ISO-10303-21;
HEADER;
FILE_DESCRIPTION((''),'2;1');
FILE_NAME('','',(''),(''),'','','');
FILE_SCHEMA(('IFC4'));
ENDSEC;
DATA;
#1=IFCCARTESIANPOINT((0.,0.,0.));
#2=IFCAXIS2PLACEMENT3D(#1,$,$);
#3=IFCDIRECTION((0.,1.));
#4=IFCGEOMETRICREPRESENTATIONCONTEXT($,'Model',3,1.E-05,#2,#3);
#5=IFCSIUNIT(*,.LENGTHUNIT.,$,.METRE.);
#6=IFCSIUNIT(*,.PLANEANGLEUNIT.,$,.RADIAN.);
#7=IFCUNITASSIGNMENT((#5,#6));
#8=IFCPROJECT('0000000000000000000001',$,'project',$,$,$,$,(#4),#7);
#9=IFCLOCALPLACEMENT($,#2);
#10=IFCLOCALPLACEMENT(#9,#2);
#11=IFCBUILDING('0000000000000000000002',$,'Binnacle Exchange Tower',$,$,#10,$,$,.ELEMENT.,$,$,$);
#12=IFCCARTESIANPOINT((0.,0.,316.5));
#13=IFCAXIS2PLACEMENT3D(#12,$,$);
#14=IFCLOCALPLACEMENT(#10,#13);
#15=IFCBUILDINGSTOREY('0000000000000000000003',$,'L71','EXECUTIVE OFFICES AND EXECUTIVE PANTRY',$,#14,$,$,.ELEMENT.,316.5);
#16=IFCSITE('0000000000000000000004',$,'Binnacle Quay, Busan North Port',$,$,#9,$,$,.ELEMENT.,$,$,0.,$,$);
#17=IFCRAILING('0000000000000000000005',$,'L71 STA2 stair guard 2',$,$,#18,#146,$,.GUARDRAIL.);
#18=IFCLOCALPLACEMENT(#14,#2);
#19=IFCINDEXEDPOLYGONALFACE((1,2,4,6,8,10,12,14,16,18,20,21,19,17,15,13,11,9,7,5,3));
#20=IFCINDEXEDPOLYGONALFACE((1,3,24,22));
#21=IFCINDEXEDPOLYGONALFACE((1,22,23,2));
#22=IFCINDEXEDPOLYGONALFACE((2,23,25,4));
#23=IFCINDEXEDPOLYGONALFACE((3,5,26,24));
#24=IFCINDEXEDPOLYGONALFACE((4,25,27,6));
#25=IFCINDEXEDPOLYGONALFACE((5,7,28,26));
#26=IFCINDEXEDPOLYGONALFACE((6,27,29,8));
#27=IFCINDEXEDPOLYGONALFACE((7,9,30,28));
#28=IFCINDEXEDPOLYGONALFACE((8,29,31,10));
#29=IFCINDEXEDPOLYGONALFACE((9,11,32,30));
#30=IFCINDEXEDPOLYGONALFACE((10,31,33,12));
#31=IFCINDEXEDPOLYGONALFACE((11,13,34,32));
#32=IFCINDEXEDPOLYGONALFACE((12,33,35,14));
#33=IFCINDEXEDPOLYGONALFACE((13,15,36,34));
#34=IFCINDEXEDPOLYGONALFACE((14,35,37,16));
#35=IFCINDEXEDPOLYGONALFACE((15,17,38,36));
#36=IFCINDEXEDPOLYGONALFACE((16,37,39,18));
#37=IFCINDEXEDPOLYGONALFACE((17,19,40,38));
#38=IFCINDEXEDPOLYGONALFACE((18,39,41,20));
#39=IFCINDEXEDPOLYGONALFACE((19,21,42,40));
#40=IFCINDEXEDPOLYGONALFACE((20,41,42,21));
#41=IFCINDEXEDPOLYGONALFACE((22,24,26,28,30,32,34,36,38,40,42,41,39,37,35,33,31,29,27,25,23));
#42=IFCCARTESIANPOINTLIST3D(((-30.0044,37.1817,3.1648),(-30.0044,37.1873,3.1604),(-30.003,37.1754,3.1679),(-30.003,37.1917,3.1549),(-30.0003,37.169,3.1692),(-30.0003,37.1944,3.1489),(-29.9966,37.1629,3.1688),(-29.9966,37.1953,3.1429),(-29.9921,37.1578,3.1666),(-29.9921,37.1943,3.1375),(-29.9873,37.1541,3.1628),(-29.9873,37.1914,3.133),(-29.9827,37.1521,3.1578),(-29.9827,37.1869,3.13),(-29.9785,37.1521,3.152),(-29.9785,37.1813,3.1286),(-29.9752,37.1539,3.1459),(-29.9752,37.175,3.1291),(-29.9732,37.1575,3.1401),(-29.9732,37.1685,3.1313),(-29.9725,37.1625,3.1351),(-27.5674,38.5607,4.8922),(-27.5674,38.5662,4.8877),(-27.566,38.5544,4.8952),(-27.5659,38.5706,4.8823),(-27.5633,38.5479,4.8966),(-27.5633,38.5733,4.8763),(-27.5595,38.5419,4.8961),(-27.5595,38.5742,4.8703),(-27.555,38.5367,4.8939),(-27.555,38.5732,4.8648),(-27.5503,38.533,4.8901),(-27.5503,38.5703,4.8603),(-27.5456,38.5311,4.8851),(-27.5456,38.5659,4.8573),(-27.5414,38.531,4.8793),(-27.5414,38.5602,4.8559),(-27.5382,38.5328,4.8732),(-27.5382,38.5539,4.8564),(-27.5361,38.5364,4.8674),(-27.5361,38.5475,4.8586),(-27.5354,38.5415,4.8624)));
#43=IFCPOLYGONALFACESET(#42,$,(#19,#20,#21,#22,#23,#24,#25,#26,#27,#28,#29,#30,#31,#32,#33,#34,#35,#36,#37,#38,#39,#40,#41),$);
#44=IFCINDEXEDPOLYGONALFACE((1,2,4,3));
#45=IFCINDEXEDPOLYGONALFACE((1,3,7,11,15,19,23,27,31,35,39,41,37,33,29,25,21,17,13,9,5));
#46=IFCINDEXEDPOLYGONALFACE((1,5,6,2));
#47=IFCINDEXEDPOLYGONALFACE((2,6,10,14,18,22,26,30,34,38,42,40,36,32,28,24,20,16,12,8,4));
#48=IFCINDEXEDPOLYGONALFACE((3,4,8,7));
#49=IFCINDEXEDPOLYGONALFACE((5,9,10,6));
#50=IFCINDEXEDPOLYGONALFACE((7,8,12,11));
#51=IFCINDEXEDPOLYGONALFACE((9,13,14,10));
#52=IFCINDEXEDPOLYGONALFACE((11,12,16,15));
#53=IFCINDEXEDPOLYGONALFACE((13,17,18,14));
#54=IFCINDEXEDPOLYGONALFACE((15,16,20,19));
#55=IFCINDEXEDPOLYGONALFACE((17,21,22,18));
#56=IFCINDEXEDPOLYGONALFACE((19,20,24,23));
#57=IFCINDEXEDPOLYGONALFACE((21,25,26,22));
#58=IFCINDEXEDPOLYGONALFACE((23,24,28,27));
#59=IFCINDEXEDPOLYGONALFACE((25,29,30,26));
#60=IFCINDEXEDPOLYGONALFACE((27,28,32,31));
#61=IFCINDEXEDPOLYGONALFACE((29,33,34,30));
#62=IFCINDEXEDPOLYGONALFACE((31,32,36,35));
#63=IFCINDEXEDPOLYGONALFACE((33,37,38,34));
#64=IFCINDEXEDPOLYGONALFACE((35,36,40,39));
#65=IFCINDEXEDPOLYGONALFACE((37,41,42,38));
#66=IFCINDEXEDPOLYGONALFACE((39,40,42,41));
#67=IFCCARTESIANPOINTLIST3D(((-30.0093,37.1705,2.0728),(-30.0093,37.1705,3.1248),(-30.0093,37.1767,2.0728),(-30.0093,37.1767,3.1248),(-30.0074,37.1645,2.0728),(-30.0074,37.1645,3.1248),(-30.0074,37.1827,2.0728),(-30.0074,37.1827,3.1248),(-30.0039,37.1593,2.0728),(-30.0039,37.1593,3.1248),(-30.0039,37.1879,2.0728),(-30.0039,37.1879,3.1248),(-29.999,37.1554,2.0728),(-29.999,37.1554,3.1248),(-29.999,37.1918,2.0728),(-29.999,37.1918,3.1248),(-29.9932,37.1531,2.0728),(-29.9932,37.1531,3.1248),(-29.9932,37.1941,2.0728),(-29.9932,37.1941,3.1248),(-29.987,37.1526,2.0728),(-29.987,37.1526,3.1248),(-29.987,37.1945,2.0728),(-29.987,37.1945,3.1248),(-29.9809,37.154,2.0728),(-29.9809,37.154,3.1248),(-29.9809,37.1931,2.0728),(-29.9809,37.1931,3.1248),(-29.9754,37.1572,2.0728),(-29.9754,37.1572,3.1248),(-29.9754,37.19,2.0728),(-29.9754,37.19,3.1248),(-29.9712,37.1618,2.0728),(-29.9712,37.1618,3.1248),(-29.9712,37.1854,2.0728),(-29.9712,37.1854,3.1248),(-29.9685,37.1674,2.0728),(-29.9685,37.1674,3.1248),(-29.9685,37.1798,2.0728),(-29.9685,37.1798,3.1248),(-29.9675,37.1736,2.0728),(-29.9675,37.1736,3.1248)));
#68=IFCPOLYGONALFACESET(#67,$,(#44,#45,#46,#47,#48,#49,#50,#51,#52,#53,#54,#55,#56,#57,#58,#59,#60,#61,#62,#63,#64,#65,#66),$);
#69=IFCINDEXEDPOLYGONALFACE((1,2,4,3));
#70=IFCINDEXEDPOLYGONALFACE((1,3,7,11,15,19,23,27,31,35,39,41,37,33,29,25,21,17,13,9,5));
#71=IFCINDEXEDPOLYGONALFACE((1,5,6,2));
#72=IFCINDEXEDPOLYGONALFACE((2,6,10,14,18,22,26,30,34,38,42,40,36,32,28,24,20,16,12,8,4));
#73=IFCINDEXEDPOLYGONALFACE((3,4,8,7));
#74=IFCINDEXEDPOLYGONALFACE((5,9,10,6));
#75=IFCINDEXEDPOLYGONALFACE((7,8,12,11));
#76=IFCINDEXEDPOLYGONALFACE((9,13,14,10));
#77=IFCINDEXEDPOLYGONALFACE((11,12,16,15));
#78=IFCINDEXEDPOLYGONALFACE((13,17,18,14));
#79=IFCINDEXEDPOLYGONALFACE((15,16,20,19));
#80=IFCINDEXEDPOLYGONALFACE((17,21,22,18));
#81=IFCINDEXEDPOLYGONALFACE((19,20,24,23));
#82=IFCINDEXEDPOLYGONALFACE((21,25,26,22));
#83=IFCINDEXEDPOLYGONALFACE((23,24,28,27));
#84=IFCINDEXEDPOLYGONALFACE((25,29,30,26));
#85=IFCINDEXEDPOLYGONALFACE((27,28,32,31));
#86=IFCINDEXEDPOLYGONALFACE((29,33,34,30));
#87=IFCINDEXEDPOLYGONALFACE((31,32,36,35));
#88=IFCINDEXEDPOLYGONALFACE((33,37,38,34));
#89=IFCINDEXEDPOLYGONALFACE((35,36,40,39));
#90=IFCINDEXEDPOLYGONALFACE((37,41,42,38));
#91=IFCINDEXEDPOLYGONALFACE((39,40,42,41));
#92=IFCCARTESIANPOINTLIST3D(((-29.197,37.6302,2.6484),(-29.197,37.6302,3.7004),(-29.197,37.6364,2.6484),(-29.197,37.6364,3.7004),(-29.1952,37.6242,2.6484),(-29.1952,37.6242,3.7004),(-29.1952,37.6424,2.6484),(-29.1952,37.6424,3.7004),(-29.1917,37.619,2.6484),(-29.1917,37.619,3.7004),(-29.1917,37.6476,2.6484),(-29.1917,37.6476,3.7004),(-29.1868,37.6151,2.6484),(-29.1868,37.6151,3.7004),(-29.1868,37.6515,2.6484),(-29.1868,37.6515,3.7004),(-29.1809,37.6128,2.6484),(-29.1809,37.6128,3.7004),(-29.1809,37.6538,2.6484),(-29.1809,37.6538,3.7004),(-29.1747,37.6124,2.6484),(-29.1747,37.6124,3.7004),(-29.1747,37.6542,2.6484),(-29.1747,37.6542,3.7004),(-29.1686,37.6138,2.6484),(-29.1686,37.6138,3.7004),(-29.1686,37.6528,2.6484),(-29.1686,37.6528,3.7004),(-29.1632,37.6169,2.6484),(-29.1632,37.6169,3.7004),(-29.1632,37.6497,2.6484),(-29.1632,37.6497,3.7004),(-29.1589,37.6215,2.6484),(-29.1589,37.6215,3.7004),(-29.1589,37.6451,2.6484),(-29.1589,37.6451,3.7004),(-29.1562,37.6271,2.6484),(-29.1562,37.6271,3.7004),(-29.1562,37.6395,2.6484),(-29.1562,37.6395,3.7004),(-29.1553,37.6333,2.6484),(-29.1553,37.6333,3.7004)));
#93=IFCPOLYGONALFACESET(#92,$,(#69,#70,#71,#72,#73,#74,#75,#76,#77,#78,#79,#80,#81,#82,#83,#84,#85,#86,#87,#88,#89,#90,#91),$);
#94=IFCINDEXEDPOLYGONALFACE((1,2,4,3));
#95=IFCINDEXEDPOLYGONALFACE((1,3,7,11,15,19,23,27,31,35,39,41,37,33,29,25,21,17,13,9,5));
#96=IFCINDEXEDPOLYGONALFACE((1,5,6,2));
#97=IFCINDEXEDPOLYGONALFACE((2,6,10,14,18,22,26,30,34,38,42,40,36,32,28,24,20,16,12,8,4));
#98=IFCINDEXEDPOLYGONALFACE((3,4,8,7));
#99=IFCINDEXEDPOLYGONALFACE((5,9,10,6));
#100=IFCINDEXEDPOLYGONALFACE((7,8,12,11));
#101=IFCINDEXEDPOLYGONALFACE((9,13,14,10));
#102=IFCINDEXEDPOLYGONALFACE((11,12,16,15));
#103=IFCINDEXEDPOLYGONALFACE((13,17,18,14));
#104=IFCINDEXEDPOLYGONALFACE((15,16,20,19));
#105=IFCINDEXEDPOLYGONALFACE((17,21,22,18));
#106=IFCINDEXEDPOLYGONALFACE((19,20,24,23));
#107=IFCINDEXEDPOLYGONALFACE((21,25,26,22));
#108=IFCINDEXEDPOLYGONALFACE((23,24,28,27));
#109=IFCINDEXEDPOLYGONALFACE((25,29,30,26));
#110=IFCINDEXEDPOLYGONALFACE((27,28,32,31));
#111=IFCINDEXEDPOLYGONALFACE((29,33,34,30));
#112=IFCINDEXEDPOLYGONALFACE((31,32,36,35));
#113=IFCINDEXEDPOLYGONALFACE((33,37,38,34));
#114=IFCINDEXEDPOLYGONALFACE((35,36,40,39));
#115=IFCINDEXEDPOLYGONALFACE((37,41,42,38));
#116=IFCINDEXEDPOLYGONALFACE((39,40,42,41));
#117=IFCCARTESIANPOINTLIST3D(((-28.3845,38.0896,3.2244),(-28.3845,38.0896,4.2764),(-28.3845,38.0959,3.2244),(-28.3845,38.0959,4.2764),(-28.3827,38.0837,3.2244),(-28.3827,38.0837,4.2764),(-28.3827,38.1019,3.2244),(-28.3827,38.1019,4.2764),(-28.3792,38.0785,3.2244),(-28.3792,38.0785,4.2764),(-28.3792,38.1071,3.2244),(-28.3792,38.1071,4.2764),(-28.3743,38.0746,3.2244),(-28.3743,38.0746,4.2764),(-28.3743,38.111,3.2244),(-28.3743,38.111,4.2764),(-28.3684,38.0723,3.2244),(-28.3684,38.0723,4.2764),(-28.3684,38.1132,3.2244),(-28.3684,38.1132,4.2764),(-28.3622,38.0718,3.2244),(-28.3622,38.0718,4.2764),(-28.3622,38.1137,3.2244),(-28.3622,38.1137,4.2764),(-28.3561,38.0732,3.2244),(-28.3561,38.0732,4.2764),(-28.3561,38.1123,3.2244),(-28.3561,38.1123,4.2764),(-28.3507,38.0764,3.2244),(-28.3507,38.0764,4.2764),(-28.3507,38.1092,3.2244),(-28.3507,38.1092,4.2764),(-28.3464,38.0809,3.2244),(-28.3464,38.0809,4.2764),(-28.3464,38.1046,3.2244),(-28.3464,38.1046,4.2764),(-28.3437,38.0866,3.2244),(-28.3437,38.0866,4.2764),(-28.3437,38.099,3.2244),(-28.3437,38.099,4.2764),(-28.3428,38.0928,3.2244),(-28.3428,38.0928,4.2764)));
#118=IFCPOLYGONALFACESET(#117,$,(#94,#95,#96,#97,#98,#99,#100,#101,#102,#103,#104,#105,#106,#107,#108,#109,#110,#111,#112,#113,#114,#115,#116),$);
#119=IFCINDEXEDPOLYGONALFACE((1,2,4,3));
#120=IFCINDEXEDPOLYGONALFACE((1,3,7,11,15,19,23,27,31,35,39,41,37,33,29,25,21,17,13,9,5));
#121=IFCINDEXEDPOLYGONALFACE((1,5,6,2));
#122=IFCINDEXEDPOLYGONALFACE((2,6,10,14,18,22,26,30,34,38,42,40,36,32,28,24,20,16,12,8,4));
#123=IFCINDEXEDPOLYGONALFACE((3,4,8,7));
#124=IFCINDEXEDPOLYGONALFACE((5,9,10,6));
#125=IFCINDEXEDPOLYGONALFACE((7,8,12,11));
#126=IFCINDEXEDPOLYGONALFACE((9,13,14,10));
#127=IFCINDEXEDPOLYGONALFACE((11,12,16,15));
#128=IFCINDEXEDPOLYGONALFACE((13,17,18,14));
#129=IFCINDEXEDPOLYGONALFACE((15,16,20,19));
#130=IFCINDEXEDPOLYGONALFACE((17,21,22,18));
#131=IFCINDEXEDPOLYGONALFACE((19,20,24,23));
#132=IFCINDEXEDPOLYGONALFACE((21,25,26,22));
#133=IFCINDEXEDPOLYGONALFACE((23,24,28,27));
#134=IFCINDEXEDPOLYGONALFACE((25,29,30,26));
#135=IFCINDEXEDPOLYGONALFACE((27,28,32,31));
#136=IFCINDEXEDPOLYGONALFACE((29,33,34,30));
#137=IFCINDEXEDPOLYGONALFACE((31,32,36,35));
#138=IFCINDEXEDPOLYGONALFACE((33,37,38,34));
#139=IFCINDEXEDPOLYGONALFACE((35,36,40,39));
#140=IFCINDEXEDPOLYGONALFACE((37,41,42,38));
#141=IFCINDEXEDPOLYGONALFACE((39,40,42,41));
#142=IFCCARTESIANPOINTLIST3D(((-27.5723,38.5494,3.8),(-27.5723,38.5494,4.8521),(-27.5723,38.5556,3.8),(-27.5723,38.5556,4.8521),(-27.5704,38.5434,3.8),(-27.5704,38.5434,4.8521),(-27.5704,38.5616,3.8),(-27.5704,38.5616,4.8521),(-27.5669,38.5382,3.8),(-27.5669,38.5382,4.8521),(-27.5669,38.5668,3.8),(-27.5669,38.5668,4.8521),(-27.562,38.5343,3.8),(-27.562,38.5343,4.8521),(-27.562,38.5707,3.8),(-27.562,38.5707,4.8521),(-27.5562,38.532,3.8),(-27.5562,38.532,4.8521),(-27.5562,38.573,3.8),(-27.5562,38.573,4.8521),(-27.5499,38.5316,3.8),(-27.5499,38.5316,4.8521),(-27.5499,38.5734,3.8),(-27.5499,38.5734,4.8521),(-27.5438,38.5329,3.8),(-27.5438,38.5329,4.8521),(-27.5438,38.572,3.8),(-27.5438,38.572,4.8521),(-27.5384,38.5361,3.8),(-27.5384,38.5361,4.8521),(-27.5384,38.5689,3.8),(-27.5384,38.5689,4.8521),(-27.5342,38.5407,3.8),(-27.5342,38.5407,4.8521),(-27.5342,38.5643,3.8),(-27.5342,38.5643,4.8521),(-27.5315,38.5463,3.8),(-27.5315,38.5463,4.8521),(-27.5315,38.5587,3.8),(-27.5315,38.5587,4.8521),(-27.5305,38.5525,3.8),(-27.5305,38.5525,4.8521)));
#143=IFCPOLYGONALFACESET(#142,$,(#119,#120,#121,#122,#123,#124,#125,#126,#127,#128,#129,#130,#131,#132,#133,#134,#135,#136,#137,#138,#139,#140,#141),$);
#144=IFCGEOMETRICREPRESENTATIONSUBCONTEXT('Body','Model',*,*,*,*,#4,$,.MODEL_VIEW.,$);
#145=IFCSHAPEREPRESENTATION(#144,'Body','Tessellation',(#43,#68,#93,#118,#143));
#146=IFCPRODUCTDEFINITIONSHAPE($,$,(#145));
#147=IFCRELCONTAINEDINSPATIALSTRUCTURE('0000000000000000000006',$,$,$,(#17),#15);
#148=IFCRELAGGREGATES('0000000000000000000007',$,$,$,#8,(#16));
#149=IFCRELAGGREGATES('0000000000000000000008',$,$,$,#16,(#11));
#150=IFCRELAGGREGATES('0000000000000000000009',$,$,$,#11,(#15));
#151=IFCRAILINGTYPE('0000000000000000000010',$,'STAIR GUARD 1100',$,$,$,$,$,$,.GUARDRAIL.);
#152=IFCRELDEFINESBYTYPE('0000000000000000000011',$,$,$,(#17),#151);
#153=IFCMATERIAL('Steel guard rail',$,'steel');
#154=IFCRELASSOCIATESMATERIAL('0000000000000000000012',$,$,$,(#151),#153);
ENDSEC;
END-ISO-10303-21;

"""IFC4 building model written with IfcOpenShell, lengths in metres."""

from ifc_helpers import new_model, si_unit, direction, frame, origin, origin_2d, place, context, subcontext, project, spatial, circle, extrude, material, type_object, element, save


model = new_model("IFC4")

# Units and contexts
model_context = context("Model", 3, precision=1e-05, world=origin(), true_north=direction((0.0, 1.0)))
body_context = subcontext(model_context, "Body", "Model", "MODEL_VIEW")
ifc_project = project(units=[si_unit("LENGTHUNIT", "METRE"), si_unit("PLANEANGLEUNIT", "RADIAN")], contexts=[model_context])

# Site, building, storey
site_placement = place(None, origin())
site = spatial("IfcSite", under=ifc_project, at=site_placement, Name="Binnacle Quay, Busan North Port", CompositionType="ELEMENT", RefElevation=0.0)
building_placement = place(site_placement, origin())
building = spatial("IfcBuilding", under=site, at=building_placement, Name="Binnacle Exchange Tower", CompositionType="ELEMENT")
storey_placement = place(building_placement, frame((0.0, 0.0, 316.5)))
storey = spatial("IfcBuildingStorey", under=building, at=storey_placement, Name="L71", Description="EXECUTIVE OFFICES AND EXECUTIVE PANTRY", CompositionType="ELEMENT", Elevation=316.5)

# Railing
ifc_material_1 = material(Name="Steel guard rail", Category="steel")
railing_type_1 = type_object("IfcRailingType", Name="STAIR GUARD 1100", PredefinedType="GUARDRAIL", material=ifc_material_1)
railing_1_placement = place(storey_placement, frame((-29.9885, 37.1736, 2.0728)))
element("IfcRailing", 1, at=railing_1_placement, inside=storey, type_object=railing_type_1, Name="L71 STA2 stair guard 2", PredefinedType="GUARDRAIL", context=body_context, shape_type="SweptSolid", body=[
    extrude(circle(Radius=0.0239, at=origin_2d()), frame((0.0, 0.0, 1.0762), z_axis=(0.740738, 0.419123, 0.525017), x_axis=(-0.492454, 0.870339, 0.0)), (0.0, 0.0, 1.0), 3.29),
    extrude(circle(Radius=0.021, at=origin_2d()), origin(), (0.0, 0.0, 1.0), 1.052),
    extrude(circle(Radius=0.021, at=origin_2d()), frame((0.8123, 0.4597, 0.5757)), (0.0, 0.0, 1.0), 1.052),
    extrude(circle(Radius=0.021, at=origin_2d()), frame((1.6248, 0.9192, 1.1516)), (0.0, 0.0, 1.0), 1.052),
    extrude(circle(Radius=0.021, at=origin_2d()), frame((2.437, 1.3789, 1.7273)), (0.0, 0.0, 1.0), 1.052),
])

save(model, "model.ifc")
